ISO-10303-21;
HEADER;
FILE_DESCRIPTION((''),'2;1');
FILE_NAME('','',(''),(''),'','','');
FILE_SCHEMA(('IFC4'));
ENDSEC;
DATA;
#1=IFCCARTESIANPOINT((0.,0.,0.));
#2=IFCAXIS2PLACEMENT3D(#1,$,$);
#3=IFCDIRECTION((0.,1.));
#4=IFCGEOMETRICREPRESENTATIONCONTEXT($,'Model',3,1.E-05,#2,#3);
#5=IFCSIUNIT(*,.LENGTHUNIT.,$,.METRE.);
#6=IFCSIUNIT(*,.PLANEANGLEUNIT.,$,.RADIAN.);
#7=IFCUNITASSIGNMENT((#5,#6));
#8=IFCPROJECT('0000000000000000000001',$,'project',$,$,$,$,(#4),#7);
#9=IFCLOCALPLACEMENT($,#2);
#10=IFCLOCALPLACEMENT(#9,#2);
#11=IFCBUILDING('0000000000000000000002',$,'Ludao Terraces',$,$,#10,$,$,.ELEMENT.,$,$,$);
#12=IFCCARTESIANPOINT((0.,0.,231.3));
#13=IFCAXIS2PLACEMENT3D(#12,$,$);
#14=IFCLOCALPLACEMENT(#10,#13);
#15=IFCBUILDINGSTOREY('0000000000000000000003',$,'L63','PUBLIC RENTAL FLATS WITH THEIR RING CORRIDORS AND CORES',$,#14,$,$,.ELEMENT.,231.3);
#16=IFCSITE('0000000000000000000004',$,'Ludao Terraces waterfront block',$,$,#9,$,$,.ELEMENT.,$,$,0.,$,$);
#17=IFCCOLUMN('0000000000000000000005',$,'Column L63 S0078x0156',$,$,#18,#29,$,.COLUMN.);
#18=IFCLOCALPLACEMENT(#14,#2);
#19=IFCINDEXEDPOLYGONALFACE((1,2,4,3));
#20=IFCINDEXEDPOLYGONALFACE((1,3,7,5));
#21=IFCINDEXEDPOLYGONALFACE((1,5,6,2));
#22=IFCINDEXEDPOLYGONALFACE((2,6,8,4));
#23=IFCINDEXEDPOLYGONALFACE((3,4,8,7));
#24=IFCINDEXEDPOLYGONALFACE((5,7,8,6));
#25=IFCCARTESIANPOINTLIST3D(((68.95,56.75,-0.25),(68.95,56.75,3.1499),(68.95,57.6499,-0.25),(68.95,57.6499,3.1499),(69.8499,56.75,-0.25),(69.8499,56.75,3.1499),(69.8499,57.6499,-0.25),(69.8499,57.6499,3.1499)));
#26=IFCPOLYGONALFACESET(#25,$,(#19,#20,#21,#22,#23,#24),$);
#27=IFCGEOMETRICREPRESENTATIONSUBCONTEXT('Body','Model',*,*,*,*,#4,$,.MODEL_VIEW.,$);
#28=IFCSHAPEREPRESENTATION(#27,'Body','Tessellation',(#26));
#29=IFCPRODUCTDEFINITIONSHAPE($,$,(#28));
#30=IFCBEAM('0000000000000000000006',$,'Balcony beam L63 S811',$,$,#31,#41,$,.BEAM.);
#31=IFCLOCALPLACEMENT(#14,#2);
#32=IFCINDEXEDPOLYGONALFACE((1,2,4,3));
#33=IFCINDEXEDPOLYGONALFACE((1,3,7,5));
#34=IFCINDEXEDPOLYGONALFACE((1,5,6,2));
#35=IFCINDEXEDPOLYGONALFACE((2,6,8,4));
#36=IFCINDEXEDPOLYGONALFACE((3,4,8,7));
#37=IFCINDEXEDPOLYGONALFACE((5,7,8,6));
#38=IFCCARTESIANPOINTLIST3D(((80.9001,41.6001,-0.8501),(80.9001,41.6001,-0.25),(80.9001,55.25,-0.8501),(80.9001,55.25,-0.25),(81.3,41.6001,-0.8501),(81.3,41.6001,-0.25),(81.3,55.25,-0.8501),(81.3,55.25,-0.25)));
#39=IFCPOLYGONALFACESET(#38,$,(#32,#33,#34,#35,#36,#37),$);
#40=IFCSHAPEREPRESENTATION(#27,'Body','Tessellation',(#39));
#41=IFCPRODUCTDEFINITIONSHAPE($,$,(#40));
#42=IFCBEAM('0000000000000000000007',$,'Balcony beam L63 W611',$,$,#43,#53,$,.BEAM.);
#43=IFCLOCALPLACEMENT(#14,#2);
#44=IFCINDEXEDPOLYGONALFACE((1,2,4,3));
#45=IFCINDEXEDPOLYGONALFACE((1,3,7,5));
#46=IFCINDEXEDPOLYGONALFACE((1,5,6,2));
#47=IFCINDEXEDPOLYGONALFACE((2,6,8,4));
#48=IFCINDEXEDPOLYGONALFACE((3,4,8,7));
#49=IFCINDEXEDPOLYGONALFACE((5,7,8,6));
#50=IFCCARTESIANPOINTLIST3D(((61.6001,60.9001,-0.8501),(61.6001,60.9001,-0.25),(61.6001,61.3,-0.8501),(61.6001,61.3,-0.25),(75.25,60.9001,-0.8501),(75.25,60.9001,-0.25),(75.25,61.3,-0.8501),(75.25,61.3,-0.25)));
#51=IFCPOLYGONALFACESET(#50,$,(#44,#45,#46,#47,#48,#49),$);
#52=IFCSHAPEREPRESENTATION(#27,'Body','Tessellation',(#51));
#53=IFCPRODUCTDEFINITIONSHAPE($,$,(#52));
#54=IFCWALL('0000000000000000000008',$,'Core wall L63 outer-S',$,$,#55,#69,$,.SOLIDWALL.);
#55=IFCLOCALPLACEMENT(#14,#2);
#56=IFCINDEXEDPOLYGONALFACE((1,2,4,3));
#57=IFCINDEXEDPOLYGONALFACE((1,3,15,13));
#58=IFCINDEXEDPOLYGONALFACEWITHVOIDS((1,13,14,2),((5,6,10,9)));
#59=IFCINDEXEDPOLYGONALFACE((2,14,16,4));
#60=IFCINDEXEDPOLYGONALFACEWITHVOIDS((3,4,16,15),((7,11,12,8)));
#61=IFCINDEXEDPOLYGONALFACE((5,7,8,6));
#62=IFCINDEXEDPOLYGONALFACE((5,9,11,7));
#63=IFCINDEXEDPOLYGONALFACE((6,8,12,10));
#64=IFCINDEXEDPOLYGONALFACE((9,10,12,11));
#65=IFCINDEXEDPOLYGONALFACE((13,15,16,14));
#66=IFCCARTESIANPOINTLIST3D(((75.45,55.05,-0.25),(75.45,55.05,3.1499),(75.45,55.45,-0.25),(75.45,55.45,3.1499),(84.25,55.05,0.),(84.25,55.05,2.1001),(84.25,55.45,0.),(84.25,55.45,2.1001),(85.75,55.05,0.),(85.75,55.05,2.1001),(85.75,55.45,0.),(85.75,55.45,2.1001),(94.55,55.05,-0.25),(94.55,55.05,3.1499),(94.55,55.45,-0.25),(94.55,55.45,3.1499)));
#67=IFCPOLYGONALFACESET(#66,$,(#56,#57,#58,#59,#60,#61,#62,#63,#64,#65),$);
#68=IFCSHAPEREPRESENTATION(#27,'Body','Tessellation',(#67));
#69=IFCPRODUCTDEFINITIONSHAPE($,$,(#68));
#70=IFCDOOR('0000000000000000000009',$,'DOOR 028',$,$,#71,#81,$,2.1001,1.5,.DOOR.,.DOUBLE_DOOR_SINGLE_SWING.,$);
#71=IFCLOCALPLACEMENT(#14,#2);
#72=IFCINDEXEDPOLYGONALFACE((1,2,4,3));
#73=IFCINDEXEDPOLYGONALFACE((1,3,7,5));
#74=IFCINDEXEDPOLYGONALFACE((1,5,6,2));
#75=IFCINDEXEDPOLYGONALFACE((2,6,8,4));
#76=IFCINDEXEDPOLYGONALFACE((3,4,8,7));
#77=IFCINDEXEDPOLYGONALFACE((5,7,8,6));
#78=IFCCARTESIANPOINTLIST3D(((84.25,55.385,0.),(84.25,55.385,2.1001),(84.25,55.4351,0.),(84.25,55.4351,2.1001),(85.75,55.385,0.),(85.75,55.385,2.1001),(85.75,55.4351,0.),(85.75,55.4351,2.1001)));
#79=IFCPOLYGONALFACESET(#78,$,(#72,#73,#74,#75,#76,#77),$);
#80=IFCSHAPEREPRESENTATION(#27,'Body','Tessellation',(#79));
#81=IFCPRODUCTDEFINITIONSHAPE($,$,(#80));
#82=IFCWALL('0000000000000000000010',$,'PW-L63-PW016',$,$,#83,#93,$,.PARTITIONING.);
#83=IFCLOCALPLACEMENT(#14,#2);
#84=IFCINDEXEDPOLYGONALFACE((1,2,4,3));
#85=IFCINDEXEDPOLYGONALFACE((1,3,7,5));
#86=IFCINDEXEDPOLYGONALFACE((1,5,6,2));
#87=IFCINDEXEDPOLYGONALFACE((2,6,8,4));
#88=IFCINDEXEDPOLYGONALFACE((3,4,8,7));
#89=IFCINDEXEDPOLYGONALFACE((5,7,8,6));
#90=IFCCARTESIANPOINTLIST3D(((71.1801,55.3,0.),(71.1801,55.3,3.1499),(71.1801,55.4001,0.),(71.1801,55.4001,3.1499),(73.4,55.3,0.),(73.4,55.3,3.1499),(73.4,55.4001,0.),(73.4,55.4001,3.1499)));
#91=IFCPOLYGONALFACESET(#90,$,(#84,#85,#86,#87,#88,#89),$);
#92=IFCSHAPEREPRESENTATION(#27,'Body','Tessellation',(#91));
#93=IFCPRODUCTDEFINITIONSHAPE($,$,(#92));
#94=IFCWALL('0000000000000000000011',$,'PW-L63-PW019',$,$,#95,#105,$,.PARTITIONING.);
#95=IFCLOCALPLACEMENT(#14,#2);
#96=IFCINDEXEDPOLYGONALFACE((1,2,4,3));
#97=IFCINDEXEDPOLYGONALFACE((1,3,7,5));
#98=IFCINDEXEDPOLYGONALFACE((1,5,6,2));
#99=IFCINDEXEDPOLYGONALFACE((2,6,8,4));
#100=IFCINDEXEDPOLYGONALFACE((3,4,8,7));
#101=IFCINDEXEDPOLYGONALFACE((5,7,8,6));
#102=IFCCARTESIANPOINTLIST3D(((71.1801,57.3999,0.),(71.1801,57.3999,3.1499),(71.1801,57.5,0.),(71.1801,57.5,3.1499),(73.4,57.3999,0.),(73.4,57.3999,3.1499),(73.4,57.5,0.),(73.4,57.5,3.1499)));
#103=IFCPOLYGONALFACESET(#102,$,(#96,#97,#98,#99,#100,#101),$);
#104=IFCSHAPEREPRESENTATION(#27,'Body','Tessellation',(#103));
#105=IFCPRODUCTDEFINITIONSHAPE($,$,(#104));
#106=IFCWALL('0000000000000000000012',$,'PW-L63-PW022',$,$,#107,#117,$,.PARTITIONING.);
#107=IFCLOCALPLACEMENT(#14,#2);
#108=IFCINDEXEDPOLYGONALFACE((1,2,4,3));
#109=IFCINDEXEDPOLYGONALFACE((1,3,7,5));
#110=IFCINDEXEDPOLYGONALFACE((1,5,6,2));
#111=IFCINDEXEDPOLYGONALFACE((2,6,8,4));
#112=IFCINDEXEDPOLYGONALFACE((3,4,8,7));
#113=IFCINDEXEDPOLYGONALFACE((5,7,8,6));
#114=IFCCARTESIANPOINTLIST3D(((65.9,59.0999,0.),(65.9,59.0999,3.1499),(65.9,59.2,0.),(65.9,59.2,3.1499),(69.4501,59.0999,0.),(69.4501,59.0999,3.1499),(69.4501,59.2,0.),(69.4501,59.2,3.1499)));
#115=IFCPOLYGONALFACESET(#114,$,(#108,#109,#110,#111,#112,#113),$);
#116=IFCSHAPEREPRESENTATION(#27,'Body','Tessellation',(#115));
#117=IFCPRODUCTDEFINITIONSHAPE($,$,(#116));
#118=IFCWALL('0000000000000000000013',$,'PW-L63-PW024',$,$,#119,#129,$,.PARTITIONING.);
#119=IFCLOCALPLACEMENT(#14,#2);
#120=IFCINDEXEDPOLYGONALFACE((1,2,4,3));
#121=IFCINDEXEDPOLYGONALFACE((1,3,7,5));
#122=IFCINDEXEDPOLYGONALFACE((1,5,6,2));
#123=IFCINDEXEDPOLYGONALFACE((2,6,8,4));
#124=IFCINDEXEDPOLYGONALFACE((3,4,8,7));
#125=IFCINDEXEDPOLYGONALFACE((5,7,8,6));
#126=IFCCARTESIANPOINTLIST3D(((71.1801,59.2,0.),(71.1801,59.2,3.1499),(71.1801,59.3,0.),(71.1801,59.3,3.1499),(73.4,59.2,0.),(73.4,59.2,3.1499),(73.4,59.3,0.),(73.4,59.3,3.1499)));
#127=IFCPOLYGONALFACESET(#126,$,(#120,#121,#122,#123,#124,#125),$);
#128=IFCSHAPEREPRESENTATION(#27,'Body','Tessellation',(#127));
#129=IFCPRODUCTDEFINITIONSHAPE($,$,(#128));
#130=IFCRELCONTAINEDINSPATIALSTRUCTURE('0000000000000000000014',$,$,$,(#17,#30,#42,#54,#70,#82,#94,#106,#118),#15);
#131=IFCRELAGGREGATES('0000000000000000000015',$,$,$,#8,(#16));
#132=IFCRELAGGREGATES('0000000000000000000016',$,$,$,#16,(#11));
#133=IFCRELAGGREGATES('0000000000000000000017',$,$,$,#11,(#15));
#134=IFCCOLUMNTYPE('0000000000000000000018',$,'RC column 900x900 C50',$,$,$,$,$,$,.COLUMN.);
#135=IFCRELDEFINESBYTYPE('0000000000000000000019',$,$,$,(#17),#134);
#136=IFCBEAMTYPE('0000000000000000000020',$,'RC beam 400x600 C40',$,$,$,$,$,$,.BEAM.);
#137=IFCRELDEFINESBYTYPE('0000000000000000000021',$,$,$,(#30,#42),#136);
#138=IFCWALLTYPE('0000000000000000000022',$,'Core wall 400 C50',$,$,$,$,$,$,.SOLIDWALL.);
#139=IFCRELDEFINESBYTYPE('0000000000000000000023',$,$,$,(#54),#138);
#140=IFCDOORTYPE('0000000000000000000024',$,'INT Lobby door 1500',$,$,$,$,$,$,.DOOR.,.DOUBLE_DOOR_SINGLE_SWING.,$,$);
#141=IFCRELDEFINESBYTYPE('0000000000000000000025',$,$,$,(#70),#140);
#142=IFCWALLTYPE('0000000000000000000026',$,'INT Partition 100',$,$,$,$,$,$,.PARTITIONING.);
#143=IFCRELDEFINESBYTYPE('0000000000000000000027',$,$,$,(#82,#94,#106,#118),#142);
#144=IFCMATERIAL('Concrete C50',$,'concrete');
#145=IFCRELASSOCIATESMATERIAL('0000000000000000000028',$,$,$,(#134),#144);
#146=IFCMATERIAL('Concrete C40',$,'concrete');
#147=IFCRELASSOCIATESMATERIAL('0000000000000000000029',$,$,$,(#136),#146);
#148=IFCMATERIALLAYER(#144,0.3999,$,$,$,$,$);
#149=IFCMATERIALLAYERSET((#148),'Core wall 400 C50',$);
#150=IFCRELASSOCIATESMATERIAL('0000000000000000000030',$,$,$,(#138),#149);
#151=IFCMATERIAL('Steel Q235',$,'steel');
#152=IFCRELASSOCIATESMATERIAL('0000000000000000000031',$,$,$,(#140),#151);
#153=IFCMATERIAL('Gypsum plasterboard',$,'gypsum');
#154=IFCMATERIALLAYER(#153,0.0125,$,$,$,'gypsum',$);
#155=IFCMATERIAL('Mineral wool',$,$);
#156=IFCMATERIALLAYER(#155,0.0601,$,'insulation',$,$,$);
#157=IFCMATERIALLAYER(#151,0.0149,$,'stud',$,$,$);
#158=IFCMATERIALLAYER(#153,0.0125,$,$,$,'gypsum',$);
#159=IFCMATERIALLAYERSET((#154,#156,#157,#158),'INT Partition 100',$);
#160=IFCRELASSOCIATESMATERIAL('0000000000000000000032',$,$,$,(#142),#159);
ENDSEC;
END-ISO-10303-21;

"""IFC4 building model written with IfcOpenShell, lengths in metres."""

from ifc_helpers import new_model, si_unit, direction, frame, frame_2d, origin, origin_2d, place, context, subcontext, project, spatial, rectangle, extrude, material, layer, layer_set, material_profile, profile_set, type_object, element, fill, save


model = new_model("IFC4")

# Units and contexts
model_context = context("Model", 3, precision=1e-05, world=origin(), true_north=direction((0.0, 1.0)))
body_context = subcontext(model_context, "Body", "Model", "MODEL_VIEW")
ifc_project = project(units=[si_unit("LENGTHUNIT", "METRE"), si_unit("PLANEANGLEUNIT", "RADIAN")], contexts=[model_context])

# Site, building, storey
site_placement = place(None, origin())
site = spatial("IfcSite", under=ifc_project, at=site_placement, Name="Ludao Terraces waterfront block", CompositionType="ELEMENT", RefElevation=0.0)
building_placement = place(site_placement, origin())
building = spatial("IfcBuilding", under=site, at=building_placement, Name="Ludao Terraces", CompositionType="ELEMENT")
storey_placement = place(building_placement, frame((0.0, 0.0, 231.3)))
storey = spatial("IfcBuildingStorey", under=building, at=storey_placement, Name="L63", Description="PUBLIC RENTAL FLATS WITH THEIR RING CORRIDORS AND CORES", CompositionType="ELEMENT", Elevation=231.3)

# Column
ifc_material_1 = material(Name="Concrete C50", Category="concrete")
ifc_material_profile_1 = material_profile(ifc_material_1, rectangle(XDim=0.8999, YDim=0.8999, at=origin_2d()), Name="900 X 900")
ifc_profile_set_1 = profile_set([ifc_material_profile_1], Name="Concrete C50")
column_type = type_object("IfcColumnType", Name="RC column 900x900 C50", PredefinedType="COLUMN", material=ifc_profile_set_1)
column_placement = place(storey_placement, frame((69.3999, 57.2, -0.25), z_axis=(0.0, 0.0, 1.0), x_axis=(1.0, 0.0, 0.0)))
element("IfcColumn", 1, at=column_placement, inside=storey, type_object=column_type, Name="Column L63 S0078x0156", PredefinedType="COLUMN", context=body_context, shape_type="SweptSolid", body=[
    extrude(rectangle(XDim=0.8999, YDim=0.8999, at=origin_2d()), origin(), (0.0, 0.0, 1.0), 3.3999),
])

# Beams
ifc_material_2 = material(Name="Concrete C40", Category="concrete")
ifc_material_profile_2 = material_profile(ifc_material_2, rectangle(XDim=0.3999, YDim=0.6001, at=origin_2d()), Name="400 X 600")
ifc_profile_set_2 = profile_set([ifc_material_profile_2], Name="Concrete C40")
beam_type = type_object("IfcBeamType", Name="RC beam 400x600 C40", PredefinedType="BEAM", material=ifc_profile_set_2)
for number, where, z_axis, x_axis, name in (
    (2, (81.1001, 55.25, -0.55), (0.0, -1.0, 0.0), (1.0, 0.0, 0.0), "Balcony beam L63 S811"),
    (3, (75.25, 61.1001, -0.55), (-1.0, 0.0, 0.0), (0.0, -1.0, 0.0), "Balcony beam L63 W611"),
):
    element("IfcBeam", number, at=place(storey_placement, frame(where, z_axis=z_axis, x_axis=x_axis)), inside=storey, type_object=beam_type, Name=name, PredefinedType="BEAM", context=body_context, shape_type="SweptSolid", body=[
        extrude(rectangle(XDim=0.3999, YDim=0.6001, at=origin_2d()), origin(), (0.0, 0.0, 1.0), 13.6499),
    ])

# Wall, opening, door
ifc_layer_1 = layer(ifc_material_1, 0.3999)
ifc_layer_set_1 = layer_set([ifc_layer_1], Name="Core wall 400 C50")
wall_type_1 = type_object("IfcWallType", Name="Core wall 400 C50", PredefinedType="SOLIDWALL", material=ifc_layer_set_1)
wall_1_placement = place(storey_placement, frame((75.45, 55.25, -0.25), z_axis=(0.0, 0.0, 1.0), x_axis=(1.0, 0.0, 0.0)))
wall_1 = element("IfcWall", 4, at=wall_1_placement, inside=storey, type_object=wall_type_1, Name="Core wall L63 outer-S", PredefinedType="SOLIDWALL", context=body_context, shape_type="SweptSolid", body=[
    extrude(rectangle(XDim=19.1001, YDim=0.3999, at=frame_2d((9.55, 0.0))), origin(), (0.0, 0.0, 1.0), 3.3999),
])
opening_1_placement = place(wall_1_placement, frame((8.8, 0.0, 0.25)))
opening_1 = element("IfcOpeningElement", 5, at=opening_1_placement, cuts=wall_1, PredefinedType="OPENING", context=body_context, shape_type="SweptSolid", body=[
    extrude(rectangle(XDim=1.5, YDim=2.1001, at=frame_2d((0.75, 1.05))), frame((0.0, 0.21, 0.0), z_axis=(0.0, -1.0, 0.0), x_axis=(1.0, 0.0, 0.0)), (0.0, 0.0, 1.0), 0.4199),
])
ifc_material_3 = material(Name="Steel Q235", Category="steel")
door_type_1 = type_object("IfcDoorType", Name="INT Lobby door 1500", OperationType="DOUBLE_DOOR_SINGLE_SWING", PredefinedType="DOOR", material=ifc_material_3)
door_1_placement = place(opening_1_placement, origin())
door_1 = element("IfcDoor", 6, at=door_1_placement, inside=storey, type_object=door_type_1, Name="DOOR 028", OperationType="DOUBLE_DOOR_SINGLE_SWING", OverallHeight=2.1001, OverallWidth=1.5, PredefinedType="DOOR", context=body_context, shape_type="SweptSolid", body=[
    extrude(rectangle(XDim=1.5, YDim=2.1001, at=frame_2d((0.75, 1.05))), frame((0.0, 0.1851, 0.0), z_axis=(0.0, -1.0, 0.0), x_axis=(1.0, 0.0, 0.0)), (0.0, 0.0, 1.0), 0.05),
])
fill(opening_1, door_1)

# Walls
ifc_material_4 = material(Name="Gypsum plasterboard", Category="gypsum")
ifc_layer_2 = layer(ifc_material_4, 0.0125, Category="gypsum")
ifc_material_5 = material(Name="Mineral wool")
ifc_layer_3 = layer(ifc_material_5, 0.0601, Name="insulation")
ifc_layer_4 = layer(ifc_material_3, 0.0149, Name="stud")
ifc_layer_5 = layer(ifc_material_4, 0.0125, Category="gypsum")
ifc_layer_set_2 = layer_set([ifc_layer_2, ifc_layer_3, ifc_layer_4, ifc_layer_5], Name="INT Partition 100")
wall_type_2 = type_object("IfcWallType", Name="INT Partition 100", PredefinedType="PARTITIONING", material=ifc_layer_set_2)
for number, where, z_axis, x_axis, name in (
    (7, (71.1802, 55.3501, 0.0), (0.0, 0.0, 1.0), (1.0, 0.0, 0.0), "PW-L63-PW016"),
    (8, (71.1802, 57.45, 0.0), (0.0, 0.0, 1.0), (1.0, 0.0, 0.0), "PW-L63-PW019"),
):
    element("IfcWall", number, at=place(storey_placement, frame(where, z_axis=z_axis, x_axis=x_axis)), inside=storey, type_object=wall_type_2, Name=name, PredefinedType="PARTITIONING", context=body_context, shape_type="SweptSolid", body=[
        extrude(rectangle(XDim=2.22, YDim=0.1001, at=frame_2d((1.1099, 0.0))), origin(), (0.0, 0.0, 1.0), 3.1499),
    ])
wall_2_placement = place(storey_placement, frame((65.9001, 59.1499, 0.0), z_axis=(0.0, 0.0, 1.0), x_axis=(1.0, 0.0, 0.0)))
element("IfcWall", 9, at=wall_2_placement, inside=storey, type_object=wall_type_2, Name="PW-L63-PW022", PredefinedType="PARTITIONING", context=body_context, shape_type="SweptSolid", body=[
    extrude(rectangle(XDim=3.55, YDim=0.1001, at=frame_2d((1.7749, 0.0))), origin(), (0.0, 0.0, 1.0), 3.1499),
])
wall_3_placement = place(storey_placement, frame((71.1802, 59.25, 0.0), z_axis=(0.0, 0.0, 1.0), x_axis=(1.0, 0.0, 0.0)))
element("IfcWall", 10, at=wall_3_placement, inside=storey, type_object=wall_type_2, Name="PW-L63-PW024", PredefinedType="PARTITIONING", context=body_context, shape_type="SweptSolid", body=[
    extrude(rectangle(XDim=2.22, YDim=0.1001, at=frame_2d((1.1099, 0.0))), origin(), (0.0, 0.0, 1.0), 3.1499),
])

save(model, "model.ifc")
